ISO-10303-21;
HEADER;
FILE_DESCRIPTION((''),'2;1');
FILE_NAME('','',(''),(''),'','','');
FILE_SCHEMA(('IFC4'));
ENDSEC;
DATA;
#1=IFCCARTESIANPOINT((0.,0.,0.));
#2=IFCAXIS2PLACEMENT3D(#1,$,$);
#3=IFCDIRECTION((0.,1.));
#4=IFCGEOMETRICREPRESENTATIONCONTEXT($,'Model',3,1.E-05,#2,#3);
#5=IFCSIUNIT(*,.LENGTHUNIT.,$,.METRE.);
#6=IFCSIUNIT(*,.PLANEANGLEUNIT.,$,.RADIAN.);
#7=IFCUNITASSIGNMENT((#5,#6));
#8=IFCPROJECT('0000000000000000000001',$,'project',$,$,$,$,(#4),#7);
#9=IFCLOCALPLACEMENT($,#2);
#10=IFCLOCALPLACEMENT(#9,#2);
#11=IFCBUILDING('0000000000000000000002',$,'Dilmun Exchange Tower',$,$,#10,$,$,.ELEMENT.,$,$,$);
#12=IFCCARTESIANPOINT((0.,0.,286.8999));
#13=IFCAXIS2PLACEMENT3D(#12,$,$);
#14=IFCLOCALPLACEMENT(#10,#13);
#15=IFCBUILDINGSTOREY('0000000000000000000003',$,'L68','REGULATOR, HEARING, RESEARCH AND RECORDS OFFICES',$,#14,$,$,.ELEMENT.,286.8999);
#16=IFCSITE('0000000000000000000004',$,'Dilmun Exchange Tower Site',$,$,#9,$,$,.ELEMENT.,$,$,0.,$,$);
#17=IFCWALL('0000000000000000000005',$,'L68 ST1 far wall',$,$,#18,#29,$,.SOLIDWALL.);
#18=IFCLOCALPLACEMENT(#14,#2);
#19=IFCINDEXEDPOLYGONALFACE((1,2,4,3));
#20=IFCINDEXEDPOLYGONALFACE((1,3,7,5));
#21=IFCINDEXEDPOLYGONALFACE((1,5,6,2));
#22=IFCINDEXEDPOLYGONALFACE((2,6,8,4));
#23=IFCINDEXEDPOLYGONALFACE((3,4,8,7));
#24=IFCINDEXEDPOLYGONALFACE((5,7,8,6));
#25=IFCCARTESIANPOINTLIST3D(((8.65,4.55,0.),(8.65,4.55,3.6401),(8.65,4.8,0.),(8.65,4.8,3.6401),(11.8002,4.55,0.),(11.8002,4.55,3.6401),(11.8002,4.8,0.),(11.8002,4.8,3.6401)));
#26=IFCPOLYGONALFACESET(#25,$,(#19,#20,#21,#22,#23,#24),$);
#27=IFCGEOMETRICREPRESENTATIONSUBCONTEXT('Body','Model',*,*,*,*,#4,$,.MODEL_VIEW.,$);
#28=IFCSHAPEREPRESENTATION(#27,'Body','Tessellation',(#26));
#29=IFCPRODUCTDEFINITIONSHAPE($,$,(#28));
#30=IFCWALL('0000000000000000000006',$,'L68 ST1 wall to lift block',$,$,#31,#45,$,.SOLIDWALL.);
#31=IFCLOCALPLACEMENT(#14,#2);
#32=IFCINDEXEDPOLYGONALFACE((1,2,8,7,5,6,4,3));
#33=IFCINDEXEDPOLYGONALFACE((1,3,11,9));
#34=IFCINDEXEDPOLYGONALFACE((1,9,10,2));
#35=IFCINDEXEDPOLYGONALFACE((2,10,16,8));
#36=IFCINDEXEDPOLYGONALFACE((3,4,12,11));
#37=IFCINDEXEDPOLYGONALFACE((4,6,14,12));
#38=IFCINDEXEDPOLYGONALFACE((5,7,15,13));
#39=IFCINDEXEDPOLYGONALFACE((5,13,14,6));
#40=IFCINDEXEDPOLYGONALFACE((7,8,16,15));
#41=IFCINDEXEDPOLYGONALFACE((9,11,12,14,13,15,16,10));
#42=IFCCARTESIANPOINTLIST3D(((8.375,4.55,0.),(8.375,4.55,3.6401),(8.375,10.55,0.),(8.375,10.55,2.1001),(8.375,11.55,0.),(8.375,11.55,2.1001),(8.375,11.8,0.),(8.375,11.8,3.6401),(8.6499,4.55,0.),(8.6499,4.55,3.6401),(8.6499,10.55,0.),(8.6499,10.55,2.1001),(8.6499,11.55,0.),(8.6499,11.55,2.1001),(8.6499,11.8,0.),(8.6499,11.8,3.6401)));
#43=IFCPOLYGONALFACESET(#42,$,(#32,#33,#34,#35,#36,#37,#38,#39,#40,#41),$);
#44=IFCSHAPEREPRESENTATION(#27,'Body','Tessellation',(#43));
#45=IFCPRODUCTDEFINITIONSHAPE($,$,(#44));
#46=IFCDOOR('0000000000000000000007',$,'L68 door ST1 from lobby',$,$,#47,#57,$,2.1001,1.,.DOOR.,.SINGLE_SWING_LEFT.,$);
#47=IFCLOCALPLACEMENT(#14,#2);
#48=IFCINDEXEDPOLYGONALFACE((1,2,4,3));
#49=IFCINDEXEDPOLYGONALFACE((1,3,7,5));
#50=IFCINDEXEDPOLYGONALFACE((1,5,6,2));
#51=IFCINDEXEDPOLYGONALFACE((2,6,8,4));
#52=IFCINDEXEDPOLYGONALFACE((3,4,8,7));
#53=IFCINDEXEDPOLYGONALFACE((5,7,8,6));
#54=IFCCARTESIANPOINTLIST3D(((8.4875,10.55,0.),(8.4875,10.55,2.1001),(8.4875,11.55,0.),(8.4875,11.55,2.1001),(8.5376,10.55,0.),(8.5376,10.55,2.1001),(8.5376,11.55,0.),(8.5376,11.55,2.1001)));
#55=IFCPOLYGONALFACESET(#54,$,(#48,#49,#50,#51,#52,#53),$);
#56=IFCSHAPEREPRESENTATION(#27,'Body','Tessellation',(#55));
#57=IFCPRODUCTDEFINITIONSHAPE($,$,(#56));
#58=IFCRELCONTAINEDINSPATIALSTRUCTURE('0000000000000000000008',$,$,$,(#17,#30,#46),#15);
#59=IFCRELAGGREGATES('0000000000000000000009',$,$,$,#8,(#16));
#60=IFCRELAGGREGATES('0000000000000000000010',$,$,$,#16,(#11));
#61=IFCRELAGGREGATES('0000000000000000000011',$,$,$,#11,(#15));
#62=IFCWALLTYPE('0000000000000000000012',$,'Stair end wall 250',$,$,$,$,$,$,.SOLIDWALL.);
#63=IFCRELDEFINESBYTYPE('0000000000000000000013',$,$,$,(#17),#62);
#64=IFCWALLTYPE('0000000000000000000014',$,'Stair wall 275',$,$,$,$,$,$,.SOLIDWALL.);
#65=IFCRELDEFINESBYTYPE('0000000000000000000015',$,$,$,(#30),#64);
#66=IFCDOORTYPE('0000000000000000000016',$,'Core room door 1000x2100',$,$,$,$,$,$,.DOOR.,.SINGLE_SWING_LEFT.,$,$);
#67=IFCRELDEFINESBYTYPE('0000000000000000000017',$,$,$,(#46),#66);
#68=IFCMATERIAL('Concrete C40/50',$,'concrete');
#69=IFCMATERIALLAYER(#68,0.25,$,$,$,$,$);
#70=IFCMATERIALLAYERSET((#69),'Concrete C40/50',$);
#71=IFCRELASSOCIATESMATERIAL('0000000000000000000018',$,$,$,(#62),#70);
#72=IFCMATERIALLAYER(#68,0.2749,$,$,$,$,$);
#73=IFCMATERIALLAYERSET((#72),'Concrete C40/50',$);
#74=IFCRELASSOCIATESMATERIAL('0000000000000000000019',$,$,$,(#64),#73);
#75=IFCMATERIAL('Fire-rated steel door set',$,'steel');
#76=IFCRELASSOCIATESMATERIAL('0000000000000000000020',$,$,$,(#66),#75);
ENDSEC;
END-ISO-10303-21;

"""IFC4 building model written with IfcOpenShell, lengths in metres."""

from ifc_helpers import new_model, si_unit, direction, frame, frame_2d, origin, place, context, subcontext, project, spatial, rectangle, extrude, material, layer, layer_set, type_object, element, fill, save


model = new_model("IFC4")

# Units and contexts
model_context = context("Model", 3, precision=1e-05, world=origin(), true_north=direction((0.0, 1.0)))
body_context = subcontext(model_context, "Body", "Model", "MODEL_VIEW")
ifc_project = project(units=[si_unit("LENGTHUNIT", "METRE"), si_unit("PLANEANGLEUNIT", "RADIAN")], contexts=[model_context])

# Site, building, storey
site_placement = place(None, origin())
site = spatial("IfcSite", under=ifc_project, at=site_placement, Name="Dilmun Exchange Tower Site", CompositionType="ELEMENT", RefElevation=0.0)
building_placement = place(site_placement, origin())
building = spatial("IfcBuilding", under=site, at=building_placement, Name="Dilmun Exchange Tower", CompositionType="ELEMENT")
storey_placement = place(building_placement, frame((0.0, 0.0, 286.8999)))
storey = spatial("IfcBuildingStorey", under=building, at=storey_placement, Name="L68", Description="REGULATOR, HEARING, RESEARCH AND RECORDS OFFICES", CompositionType="ELEMENT", Elevation=286.8999)

# Shared definitions
ifc_material_1 = material(Name="Concrete C40/50", Category="concrete")

# Wall
ifc_layer_1 = layer(ifc_material_1, 0.25)
ifc_layer_set_1 = layer_set([ifc_layer_1], Name="Concrete C40/50")
wall_type_1 = type_object("IfcWallType", Name="Stair end wall 250", PredefinedType="SOLIDWALL", material=ifc_layer_set_1)
wall_1_placement = place(storey_placement, frame((8.6499, 4.675, 0.0), z_axis=(0.0, 0.0, 1.0), x_axis=(1.0, 0.0, 0.0)))
element("IfcWall", 1, at=wall_1_placement, inside=storey, type_object=wall_type_1, Name="L68 ST1 far wall", PredefinedType="SOLIDWALL", context=body_context, shape_type="SweptSolid", body=[
    extrude(rectangle(XDim=3.1501, YDim=0.25, at=frame_2d((1.5752, 0.0))), origin(), (0.0, 0.0, 1.0), 3.6401),
])

# Wall, opening, door
ifc_layer_2 = layer(ifc_material_1, 0.2749)
ifc_layer_set_2 = layer_set([ifc_layer_2], Name="Concrete C40/50")
wall_type_2 = type_object("IfcWallType", Name="Stair wall 275", PredefinedType="SOLIDWALL", material=ifc_layer_set_2)
wall_2_placement = place(storey_placement, frame((8.5125, 4.55, 0.0), z_axis=(0.0, 0.0, 1.0), x_axis=(0.0, 1.0, 0.0)))
wall_2 = element("IfcWall", 2, at=wall_2_placement, inside=storey, type_object=wall_type_2, Name="L68 ST1 wall to lift block", PredefinedType="SOLIDWALL", context=body_context, shape_type="SweptSolid", body=[
    extrude(rectangle(XDim=7.25, YDim=0.2749, at=frame_2d((3.625, 0.0))), origin(), (0.0, 0.0, 1.0), 3.6401),
])
opening_1_placement = place(wall_2_placement, frame((6.0, 0.0, 0.0)))
opening_1 = element("IfcOpeningElement", 3, at=opening_1_placement, cuts=wall_2, PredefinedType="OPENING", context=body_context, shape_type="SweptSolid", body=[
    extrude(rectangle(XDim=1.0, YDim=2.1001, at=frame_2d((0.5, 1.05))), frame((0.0, 0.1475, 0.0), z_axis=(0.0, -1.0, 0.0), x_axis=(1.0, 0.0, 0.0)), (0.0, 0.0, 1.0), 0.2949),
])
ifc_material_2 = material(Name="Fire-rated steel door set", Category="steel")
door_type_1 = type_object("IfcDoorType", Name="Core room door 1000x2100", OperationType="SINGLE_SWING_LEFT", PredefinedType="DOOR", material=ifc_material_2)
door_1_placement = place(opening_1_placement, origin())
door_1 = element("IfcDoor", 4, at=door_1_placement, inside=storey, type_object=door_type_1, Name="L68 door ST1 from lobby", OperationType="SINGLE_SWING_LEFT", OverallHeight=2.1001, OverallWidth=1.0, PredefinedType="DOOR", context=body_context, shape_type="SweptSolid", body=[
    extrude(rectangle(XDim=1.0, YDim=2.1001, at=frame_2d((0.5, 1.05))), frame((0.0, 0.0249, 0.0), z_axis=(0.0, -1.0, 0.0), x_axis=(1.0, 0.0, 0.0)), (0.0, 0.0, 1.0), 0.05),
])
fill(opening_1, door_1)

save(model, "model.ifc")
